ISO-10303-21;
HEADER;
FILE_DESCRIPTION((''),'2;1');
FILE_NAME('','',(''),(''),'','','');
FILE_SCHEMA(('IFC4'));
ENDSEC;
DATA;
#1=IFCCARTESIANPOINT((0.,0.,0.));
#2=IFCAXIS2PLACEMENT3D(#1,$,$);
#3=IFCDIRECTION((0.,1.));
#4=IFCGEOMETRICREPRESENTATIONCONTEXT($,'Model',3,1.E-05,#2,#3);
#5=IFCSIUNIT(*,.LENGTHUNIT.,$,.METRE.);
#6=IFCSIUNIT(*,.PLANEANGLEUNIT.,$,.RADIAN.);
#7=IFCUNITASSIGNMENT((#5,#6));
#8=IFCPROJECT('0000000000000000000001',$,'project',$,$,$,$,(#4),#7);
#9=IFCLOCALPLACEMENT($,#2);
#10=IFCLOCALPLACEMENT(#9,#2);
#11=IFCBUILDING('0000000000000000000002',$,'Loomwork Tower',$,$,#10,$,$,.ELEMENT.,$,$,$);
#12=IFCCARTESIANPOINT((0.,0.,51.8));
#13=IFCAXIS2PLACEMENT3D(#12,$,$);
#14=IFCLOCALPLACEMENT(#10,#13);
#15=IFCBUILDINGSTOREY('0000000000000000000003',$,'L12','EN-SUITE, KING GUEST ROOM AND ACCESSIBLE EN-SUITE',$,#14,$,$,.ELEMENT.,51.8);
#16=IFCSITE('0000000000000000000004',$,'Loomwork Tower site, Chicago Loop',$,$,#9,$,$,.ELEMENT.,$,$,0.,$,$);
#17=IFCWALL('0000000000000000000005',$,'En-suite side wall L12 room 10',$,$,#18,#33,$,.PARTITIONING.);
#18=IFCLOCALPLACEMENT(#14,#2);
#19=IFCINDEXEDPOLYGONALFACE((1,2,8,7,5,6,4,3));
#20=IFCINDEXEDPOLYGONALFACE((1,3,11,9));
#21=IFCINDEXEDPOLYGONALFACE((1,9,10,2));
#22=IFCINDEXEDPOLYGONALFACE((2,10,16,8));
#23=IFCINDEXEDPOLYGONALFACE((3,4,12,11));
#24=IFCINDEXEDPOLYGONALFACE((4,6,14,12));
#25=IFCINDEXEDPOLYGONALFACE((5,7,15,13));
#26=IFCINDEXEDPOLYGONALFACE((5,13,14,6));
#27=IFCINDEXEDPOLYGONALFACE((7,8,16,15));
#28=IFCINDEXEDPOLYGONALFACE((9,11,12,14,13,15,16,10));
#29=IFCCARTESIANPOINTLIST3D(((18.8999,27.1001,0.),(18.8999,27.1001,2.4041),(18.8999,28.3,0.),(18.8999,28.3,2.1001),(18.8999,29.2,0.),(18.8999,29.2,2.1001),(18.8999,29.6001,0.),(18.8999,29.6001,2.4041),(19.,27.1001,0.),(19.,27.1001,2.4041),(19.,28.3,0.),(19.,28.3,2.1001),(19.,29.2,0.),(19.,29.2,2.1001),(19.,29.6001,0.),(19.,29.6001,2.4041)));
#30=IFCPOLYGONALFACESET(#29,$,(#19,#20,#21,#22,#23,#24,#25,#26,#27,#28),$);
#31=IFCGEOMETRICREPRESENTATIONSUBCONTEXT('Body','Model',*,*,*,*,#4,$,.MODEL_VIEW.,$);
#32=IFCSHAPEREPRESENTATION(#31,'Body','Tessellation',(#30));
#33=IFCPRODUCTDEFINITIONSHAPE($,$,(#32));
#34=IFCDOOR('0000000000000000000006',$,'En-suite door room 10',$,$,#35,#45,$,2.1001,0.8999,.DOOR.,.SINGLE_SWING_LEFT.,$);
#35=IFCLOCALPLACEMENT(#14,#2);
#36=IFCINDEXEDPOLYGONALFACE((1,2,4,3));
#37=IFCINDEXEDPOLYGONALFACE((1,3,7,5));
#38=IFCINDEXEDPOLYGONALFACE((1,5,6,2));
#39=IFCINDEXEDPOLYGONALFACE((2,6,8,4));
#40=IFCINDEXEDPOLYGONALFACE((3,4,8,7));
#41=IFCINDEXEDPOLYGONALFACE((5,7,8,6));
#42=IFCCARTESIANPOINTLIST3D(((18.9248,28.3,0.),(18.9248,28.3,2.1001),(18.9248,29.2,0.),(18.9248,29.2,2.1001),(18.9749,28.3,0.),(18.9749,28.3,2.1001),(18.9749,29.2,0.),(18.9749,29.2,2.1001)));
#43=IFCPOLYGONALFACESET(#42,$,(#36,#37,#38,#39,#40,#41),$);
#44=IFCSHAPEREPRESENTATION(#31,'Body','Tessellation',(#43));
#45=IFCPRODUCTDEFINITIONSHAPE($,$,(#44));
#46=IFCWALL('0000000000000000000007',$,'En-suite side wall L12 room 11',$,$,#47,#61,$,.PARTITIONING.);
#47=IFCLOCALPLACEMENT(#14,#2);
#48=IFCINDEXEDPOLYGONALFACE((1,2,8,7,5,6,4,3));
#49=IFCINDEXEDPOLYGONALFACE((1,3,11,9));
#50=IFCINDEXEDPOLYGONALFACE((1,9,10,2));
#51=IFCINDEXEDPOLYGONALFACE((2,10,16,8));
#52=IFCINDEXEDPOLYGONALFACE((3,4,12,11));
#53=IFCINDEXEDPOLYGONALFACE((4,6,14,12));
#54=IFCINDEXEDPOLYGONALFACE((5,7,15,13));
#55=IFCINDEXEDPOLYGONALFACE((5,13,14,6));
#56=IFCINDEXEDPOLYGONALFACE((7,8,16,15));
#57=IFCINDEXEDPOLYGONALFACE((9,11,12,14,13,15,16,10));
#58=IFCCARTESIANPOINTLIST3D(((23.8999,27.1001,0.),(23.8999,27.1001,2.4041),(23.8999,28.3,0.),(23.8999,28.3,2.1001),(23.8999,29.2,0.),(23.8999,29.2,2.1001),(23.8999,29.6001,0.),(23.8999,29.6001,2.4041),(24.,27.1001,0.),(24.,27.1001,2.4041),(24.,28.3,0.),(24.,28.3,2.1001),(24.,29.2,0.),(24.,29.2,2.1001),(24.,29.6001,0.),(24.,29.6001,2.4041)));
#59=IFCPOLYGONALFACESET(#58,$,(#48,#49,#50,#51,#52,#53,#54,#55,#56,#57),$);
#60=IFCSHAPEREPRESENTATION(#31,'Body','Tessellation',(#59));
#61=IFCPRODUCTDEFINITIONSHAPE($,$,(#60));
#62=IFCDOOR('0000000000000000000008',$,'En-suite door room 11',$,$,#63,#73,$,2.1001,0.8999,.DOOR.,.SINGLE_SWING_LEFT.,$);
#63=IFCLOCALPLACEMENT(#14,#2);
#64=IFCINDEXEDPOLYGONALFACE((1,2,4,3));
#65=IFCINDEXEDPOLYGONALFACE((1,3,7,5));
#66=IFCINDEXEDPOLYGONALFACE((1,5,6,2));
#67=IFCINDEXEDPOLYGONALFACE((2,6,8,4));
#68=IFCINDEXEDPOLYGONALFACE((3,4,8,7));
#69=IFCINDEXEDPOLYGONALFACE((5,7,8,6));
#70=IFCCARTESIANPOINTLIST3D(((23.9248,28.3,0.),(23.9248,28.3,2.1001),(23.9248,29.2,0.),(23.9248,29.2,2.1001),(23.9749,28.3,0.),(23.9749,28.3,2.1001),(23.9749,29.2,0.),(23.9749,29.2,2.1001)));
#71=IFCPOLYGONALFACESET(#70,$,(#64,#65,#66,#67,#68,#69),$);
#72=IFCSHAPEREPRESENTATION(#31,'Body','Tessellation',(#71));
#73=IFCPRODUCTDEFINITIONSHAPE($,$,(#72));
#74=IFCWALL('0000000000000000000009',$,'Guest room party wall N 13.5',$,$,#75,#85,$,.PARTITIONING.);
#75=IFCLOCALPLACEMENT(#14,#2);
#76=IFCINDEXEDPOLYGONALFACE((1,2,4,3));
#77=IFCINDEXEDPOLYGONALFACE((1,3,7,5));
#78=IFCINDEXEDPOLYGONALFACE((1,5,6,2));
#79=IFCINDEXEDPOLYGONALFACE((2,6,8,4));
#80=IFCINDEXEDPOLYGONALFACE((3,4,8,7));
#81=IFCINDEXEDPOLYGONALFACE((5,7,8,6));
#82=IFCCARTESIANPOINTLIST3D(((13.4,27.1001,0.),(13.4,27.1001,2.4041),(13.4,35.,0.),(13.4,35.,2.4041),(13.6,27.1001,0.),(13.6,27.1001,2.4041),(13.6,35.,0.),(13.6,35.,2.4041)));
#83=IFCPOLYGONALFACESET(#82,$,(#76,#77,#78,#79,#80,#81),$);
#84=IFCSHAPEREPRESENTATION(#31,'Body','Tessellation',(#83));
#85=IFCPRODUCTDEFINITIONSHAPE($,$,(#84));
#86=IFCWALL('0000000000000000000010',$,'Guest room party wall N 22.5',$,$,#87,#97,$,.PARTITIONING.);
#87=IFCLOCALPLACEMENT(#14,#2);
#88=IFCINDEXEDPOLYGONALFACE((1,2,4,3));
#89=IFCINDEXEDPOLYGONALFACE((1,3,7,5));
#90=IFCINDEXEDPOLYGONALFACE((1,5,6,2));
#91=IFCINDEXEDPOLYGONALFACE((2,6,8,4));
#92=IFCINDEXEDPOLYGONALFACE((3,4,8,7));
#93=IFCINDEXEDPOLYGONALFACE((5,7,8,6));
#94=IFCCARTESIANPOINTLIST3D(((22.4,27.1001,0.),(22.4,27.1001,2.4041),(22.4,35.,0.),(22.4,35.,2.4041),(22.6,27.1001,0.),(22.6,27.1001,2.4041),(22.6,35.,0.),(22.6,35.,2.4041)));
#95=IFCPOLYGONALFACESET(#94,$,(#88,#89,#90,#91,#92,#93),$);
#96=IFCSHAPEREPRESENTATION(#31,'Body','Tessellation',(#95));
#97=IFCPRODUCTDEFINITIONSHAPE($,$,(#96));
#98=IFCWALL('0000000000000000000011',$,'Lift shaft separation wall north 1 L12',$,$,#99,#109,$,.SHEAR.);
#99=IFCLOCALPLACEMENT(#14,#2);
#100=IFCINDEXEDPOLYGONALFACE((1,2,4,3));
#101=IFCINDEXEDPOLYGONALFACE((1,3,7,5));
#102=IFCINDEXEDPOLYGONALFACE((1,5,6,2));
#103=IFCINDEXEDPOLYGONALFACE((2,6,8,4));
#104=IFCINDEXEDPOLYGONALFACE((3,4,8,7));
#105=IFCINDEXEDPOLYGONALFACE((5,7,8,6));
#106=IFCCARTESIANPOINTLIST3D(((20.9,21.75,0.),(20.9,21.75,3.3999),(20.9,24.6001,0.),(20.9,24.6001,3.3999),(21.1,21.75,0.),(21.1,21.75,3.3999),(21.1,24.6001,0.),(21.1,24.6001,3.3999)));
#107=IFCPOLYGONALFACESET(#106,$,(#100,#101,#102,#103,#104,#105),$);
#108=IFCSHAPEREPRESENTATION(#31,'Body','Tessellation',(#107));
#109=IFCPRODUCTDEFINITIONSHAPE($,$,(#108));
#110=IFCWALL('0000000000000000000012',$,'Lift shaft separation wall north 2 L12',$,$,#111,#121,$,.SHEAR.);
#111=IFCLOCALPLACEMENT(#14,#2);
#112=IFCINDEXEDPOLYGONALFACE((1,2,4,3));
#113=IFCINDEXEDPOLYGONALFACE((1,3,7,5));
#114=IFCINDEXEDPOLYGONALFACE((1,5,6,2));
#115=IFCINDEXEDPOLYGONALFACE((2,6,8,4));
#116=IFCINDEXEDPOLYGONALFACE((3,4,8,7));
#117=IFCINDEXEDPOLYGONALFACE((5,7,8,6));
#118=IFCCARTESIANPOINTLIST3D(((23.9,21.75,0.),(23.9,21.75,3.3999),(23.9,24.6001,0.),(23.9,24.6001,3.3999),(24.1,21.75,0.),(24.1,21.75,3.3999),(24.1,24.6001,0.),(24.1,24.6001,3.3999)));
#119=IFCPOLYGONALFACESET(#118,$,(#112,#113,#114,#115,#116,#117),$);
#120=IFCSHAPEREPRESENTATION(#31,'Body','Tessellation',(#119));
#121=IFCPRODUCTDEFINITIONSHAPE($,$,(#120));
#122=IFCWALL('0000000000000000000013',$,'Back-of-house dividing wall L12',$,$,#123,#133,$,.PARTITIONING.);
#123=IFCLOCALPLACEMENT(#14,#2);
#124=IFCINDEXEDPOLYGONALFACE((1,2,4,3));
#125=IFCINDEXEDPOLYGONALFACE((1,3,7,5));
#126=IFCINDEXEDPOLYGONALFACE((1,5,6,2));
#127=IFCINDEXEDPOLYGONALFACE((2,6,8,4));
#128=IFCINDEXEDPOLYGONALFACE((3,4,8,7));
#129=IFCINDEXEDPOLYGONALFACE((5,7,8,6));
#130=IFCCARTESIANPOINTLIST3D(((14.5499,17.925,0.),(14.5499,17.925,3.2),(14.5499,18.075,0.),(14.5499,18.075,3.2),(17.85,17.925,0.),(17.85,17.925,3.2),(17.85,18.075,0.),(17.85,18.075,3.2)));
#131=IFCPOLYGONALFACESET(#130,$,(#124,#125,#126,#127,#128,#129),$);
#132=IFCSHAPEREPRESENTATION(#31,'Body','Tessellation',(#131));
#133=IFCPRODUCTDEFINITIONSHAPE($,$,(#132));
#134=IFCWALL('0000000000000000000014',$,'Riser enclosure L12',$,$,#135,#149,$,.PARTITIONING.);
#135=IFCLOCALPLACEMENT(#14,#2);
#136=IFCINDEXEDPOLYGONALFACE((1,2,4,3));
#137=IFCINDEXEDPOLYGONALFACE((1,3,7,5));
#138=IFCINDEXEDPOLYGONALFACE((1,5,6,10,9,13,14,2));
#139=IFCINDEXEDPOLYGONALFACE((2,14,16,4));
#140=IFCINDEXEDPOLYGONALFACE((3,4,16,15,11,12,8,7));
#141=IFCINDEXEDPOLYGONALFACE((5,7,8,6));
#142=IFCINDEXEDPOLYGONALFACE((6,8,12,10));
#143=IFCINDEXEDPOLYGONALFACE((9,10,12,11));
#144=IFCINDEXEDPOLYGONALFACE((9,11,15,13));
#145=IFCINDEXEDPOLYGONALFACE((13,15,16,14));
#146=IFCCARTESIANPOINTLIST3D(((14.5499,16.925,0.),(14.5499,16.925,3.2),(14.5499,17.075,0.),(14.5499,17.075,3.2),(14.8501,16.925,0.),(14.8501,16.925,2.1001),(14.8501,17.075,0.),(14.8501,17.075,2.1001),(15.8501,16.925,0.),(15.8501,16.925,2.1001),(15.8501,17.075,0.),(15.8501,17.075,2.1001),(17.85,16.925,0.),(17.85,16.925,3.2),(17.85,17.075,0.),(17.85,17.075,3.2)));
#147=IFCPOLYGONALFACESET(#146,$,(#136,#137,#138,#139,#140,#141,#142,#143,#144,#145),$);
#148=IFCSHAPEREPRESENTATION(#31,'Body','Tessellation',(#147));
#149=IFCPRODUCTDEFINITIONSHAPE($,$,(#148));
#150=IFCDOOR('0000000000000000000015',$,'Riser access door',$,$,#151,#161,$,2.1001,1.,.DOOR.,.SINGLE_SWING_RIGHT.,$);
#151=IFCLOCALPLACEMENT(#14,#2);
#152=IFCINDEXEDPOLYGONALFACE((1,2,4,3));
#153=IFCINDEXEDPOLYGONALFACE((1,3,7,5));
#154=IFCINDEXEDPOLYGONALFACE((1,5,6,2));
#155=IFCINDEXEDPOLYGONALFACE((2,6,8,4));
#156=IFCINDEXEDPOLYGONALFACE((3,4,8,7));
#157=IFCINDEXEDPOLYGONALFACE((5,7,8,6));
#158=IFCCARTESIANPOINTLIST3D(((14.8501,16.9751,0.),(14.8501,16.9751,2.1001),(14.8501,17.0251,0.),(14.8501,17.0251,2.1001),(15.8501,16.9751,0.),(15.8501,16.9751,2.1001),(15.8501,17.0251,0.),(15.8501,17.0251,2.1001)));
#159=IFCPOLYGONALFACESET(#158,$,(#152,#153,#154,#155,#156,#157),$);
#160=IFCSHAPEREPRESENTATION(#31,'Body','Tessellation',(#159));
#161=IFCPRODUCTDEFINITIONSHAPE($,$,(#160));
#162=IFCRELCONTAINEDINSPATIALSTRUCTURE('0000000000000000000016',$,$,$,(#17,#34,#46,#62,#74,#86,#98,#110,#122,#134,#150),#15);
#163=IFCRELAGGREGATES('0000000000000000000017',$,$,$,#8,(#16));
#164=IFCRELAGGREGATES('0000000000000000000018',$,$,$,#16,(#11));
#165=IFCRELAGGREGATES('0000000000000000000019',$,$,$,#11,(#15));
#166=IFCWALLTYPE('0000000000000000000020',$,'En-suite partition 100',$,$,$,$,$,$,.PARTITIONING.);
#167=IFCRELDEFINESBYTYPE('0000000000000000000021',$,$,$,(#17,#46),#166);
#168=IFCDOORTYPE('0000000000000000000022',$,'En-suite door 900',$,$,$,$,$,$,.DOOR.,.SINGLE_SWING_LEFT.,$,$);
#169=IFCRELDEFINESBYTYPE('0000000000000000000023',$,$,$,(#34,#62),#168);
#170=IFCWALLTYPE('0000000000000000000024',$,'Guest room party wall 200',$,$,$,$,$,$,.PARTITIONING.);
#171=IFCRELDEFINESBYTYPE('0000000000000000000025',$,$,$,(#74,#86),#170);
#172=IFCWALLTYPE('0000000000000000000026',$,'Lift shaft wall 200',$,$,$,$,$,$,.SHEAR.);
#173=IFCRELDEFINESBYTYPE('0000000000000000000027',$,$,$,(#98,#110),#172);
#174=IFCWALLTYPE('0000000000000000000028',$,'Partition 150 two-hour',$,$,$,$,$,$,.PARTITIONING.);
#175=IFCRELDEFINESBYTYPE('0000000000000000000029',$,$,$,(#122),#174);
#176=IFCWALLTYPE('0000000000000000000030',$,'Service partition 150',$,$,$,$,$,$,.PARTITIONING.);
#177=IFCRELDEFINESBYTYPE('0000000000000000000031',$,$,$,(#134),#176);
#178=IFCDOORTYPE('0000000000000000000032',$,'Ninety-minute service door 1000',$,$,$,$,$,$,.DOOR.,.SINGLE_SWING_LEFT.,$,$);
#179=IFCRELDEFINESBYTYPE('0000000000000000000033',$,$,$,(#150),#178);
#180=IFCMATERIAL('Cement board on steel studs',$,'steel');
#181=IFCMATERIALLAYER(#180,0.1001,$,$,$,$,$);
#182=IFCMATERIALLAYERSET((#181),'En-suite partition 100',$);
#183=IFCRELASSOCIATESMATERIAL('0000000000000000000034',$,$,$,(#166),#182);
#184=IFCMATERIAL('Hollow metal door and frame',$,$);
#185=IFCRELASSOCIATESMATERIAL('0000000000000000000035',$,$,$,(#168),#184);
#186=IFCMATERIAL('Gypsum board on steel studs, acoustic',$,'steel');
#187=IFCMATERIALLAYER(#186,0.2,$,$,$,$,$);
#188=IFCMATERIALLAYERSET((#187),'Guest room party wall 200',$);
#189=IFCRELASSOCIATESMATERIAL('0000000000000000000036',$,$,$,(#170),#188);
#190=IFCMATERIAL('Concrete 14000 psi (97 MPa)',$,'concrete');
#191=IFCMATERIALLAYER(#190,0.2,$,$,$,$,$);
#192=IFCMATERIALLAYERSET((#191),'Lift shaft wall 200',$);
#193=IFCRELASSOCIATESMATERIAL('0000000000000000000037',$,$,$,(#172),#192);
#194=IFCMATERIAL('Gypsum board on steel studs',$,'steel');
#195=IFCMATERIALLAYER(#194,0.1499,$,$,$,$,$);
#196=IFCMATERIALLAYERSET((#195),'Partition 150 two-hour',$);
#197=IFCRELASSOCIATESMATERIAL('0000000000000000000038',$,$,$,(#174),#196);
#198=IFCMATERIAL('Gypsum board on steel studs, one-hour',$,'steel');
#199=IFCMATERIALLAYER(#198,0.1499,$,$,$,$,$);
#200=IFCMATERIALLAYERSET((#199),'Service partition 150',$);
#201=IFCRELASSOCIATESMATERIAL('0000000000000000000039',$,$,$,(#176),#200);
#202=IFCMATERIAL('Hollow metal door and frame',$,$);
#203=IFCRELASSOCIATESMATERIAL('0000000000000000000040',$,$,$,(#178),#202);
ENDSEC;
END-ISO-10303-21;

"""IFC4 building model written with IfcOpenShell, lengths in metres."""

from ifc_helpers import new_model, si_unit, direction, frame, frame_2d, origin, place, context, subcontext, project, spatial, rectangle, extrude, material, layer, layer_set, type_object, element, fill, save


model = new_model("IFC4")

# Units and contexts
model_context = context("Model", 3, precision=1e-05, world=origin(), true_north=direction((0.0, 1.0)))
body_context = subcontext(model_context, "Body", "Model", "MODEL_VIEW")
ifc_project = project(units=[si_unit("LENGTHUNIT", "METRE"), si_unit("PLANEANGLEUNIT", "RADIAN")], contexts=[model_context])

# Site, building, storey
site_placement = place(None, origin())
site = spatial("IfcSite", under=ifc_project, at=site_placement, Name="Loomwork Tower site, Chicago Loop", CompositionType="ELEMENT", RefElevation=0.0)
building_placement = place(site_placement, origin())
building = spatial("IfcBuilding", under=site, at=building_placement, Name="Loomwork Tower", CompositionType="ELEMENT")
storey_placement = place(building_placement, frame((0.0, 0.0, 51.8)))
storey = spatial("IfcBuildingStorey", under=building, at=storey_placement, Name="L12", Description="EN-SUITE, KING GUEST ROOM AND ACCESSIBLE EN-SUITE", CompositionType="ELEMENT", Elevation=51.8)

# Walls, openings, doors
ifc_material_1 = material(Name="Cement board on steel studs", Category="steel")
ifc_layer_1 = layer(ifc_material_1, 0.1001)
ifc_layer_set_1 = layer_set([ifc_layer_1], Name="En-suite partition 100")
wall_type_1 = type_object("IfcWallType", Name="En-suite partition 100", PredefinedType="PARTITIONING", material=ifc_layer_set_1)
wall_1_placement = place(storey_placement, frame((18.95, 27.1001, 0.0), z_axis=(0.0, 0.0, 1.0), x_axis=(0.0, 1.0, 0.0)))
wall_1 = element("IfcWall", 1, at=wall_1_placement, inside=storey, type_object=wall_type_1, Name="En-suite side wall L12 room 10", PredefinedType="PARTITIONING", context=body_context, shape_type="SweptSolid", body=[
    extrude(rectangle(XDim=2.5, YDim=0.1001, at=frame_2d((1.25, 0.0))), origin(), (0.0, 0.0, 1.0), 2.4041),
])
opening_1_placement = place(wall_1_placement, frame((1.2, 0.0, 0.0)))
opening_1 = element("IfcOpeningElement", 2, at=opening_1_placement, cuts=wall_1, PredefinedType="OPENING", context=body_context, shape_type="SweptSolid", body=[
    extrude(rectangle(XDim=0.8999, YDim=2.1001, at=frame_2d((0.45, 1.05))), frame((0.0, 0.0601, 0.0), z_axis=(0.0, -1.0, 0.0), x_axis=(1.0, 0.0, 0.0)), (0.0, 0.0, 1.0), 0.1201),
])
ifc_material_2 = material(Name="Hollow metal door and frame")
door_type_1 = type_object("IfcDoorType", Name="En-suite door 900", OperationType="SINGLE_SWING_LEFT", PredefinedType="DOOR", material=ifc_material_2)
door_1_placement = place(opening_1_placement, frame((0.8999, 0.0, 0.0), z_axis=(0.0, 0.0, 1.0), x_axis=(-1.0, 0.0, 0.0)))
door_1 = element("IfcDoor", 3, at=door_1_placement, inside=storey, type_object=door_type_1, Name="En-suite door room 10", OperationType="SINGLE_SWING_LEFT", OverallHeight=2.1001, OverallWidth=0.8999, PredefinedType="DOOR", context=body_context, shape_type="SweptSolid", body=[
    extrude(rectangle(XDim=0.8999, YDim=2.1001, at=frame_2d((0.45, 1.05))), frame((0.0, 0.0249, 0.0), z_axis=(0.0, -1.0, 0.0), x_axis=(1.0, 0.0, 0.0)), (0.0, 0.0, 1.0), 0.05),
])
fill(opening_1, door_1)
wall_2_placement = place(storey_placement, frame((23.95, 27.1001, 0.0), z_axis=(0.0, 0.0, 1.0), x_axis=(0.0, 1.0, 0.0)))
wall_2 = element("IfcWall", 4, at=wall_2_placement, inside=storey, type_object=wall_type_1, Name="En-suite side wall L12 room 11", PredefinedType="PARTITIONING", context=body_context, shape_type="SweptSolid", body=[
    extrude(rectangle(XDim=2.5, YDim=0.1001, at=frame_2d((1.25, 0.0))), origin(), (0.0, 0.0, 1.0), 2.4041),
])
opening_2_placement = place(wall_2_placement, frame((1.2, 0.0, 0.0)))
opening_2 = element("IfcOpeningElement", 5, at=opening_2_placement, cuts=wall_2, PredefinedType="OPENING", context=body_context, shape_type="SweptSolid", body=[
    extrude(rectangle(XDim=0.8999, YDim=2.1001, at=frame_2d((0.45, 1.05))), frame((0.0, 0.0601, 0.0), z_axis=(0.0, -1.0, 0.0), x_axis=(1.0, 0.0, 0.0)), (0.0, 0.0, 1.0), 0.1201),
])
door_2_placement = place(opening_2_placement, frame((0.8999, 0.0, 0.0), z_axis=(0.0, 0.0, 1.0), x_axis=(-1.0, 0.0, 0.0)))
door_2 = element("IfcDoor", 6, at=door_2_placement, inside=storey, type_object=door_type_1, Name="En-suite door room 11", OperationType="SINGLE_SWING_LEFT", OverallHeight=2.1001, OverallWidth=0.8999, PredefinedType="DOOR", context=body_context, shape_type="SweptSolid", body=[
    extrude(rectangle(XDim=0.8999, YDim=2.1001, at=frame_2d((0.45, 1.05))), frame((0.0, 0.0249, 0.0), z_axis=(0.0, -1.0, 0.0), x_axis=(1.0, 0.0, 0.0)), (0.0, 0.0, 1.0), 0.05),
])
fill(opening_2, door_2)

# Walls
ifc_material_3 = material(Name="Gypsum board on steel studs, acoustic", Category="steel")
ifc_layer_2 = layer(ifc_material_3, 0.2)
ifc_layer_set_2 = layer_set([ifc_layer_2], Name="Guest room party wall 200")
wall_type_2 = type_object("IfcWallType", Name="Guest room party wall 200", PredefinedType="PARTITIONING", material=ifc_layer_set_2)
for number, where, z_axis, x_axis, name in (
    (7, (13.5, 27.1001, 0.0), (0.0, 0.0, 1.0), (0.0, 1.0, 0.0), "Guest room party wall N 13.5"),
    (8, (22.5, 27.1001, 0.0), (0.0, 0.0, 1.0), (0.0, 1.0, 0.0), "Guest room party wall N 22.5"),
):
    element("IfcWall", number, at=place(storey_placement, frame(where, z_axis=z_axis, x_axis=x_axis)), inside=storey, type_object=wall_type_2, Name=name, PredefinedType="PARTITIONING", context=body_context, shape_type="SweptSolid", body=[
        extrude(rectangle(XDim=7.8999, YDim=0.2, at=frame_2d((3.95, 0.0))), origin(), (0.0, 0.0, 1.0), 2.4041),
    ])
ifc_material_4 = material(Name="Concrete 14000 psi (97 MPa)", Category="concrete")
ifc_layer_3 = layer(ifc_material_4, 0.2)
ifc_layer_set_3 = layer_set([ifc_layer_3], Name="Lift shaft wall 200")
wall_type_3 = type_object("IfcWallType", Name="Lift shaft wall 200", PredefinedType="SHEAR", material=ifc_layer_set_3)
for number, where, z_axis, x_axis, name in (
    (9, (21.0, 21.75, 0.0), (0.0, 0.0, 1.0), (0.0, 1.0, 0.0), "Lift shaft separation wall north 1 L12"),
    (10, (24.0, 21.75, 0.0), (0.0, 0.0, 1.0), (0.0, 1.0, 0.0), "Lift shaft separation wall north 2 L12"),
):
    element("IfcWall", number, at=place(storey_placement, frame(where, z_axis=z_axis, x_axis=x_axis)), inside=storey, type_object=wall_type_3, Name=name, PredefinedType="SHEAR", context=body_context, shape_type="SweptSolid", body=[
        extrude(rectangle(XDim=2.8501, YDim=0.2, at=frame_2d((1.425, 0.0))), origin(), (0.0, 0.0, 1.0), 3.3999),
    ])
ifc_material_5 = material(Name="Gypsum board on steel studs", Category="steel")
ifc_layer_4 = layer(ifc_material_5, 0.1499)
ifc_layer_set_4 = layer_set([ifc_layer_4], Name="Partition 150 two-hour")
wall_type_4 = type_object("IfcWallType", Name="Partition 150 two-hour", PredefinedType="PARTITIONING", material=ifc_layer_set_4)
wall_3_placement = place(storey_placement, frame((14.55, 18.0, 0.0), z_axis=(0.0, 0.0, 1.0), x_axis=(1.0, 0.0, 0.0)))
element("IfcWall", 11, at=wall_3_placement, inside=storey, type_object=wall_type_4, Name="Back-of-house dividing wall L12", PredefinedType="PARTITIONING", context=body_context, shape_type="SweptSolid", body=[
    extrude(rectangle(XDim=3.3, YDim=0.1499, at=frame_2d((1.6499, 0.0))), origin(), (0.0, 0.0, 1.0), 3.2),
])

# Wall, opening, door
ifc_material_6 = material(Name="Gypsum board on steel studs, one-hour", Category="steel")
ifc_layer_5 = layer(ifc_material_6, 0.1499)
ifc_layer_set_5 = layer_set([ifc_layer_5], Name="Service partition 150")
wall_type_5 = type_object("IfcWallType", Name="Service partition 150", PredefinedType="PARTITIONING", material=ifc_layer_set_5)
wall_4_placement = place(storey_placement, frame((14.55, 17.0, 0.0), z_axis=(0.0, 0.0, 1.0), x_axis=(1.0, 0.0, 0.0)))
wall_4 = element("IfcWall", 12, at=wall_4_placement, inside=storey, type_object=wall_type_5, Name="Riser enclosure L12", PredefinedType="PARTITIONING", context=body_context, shape_type="SweptSolid", body=[
    extrude(rectangle(XDim=3.3, YDim=0.1499, at=frame_2d((1.6499, 0.0))), origin(), (0.0, 0.0, 1.0), 3.2),
])
opening_3_placement = place(wall_4_placement, frame((0.3, 0.0, 0.0)))
opening_3 = element("IfcOpeningElement", 13, at=opening_3_placement, cuts=wall_4, PredefinedType="OPENING", context=body_context, shape_type="SweptSolid", body=[
    extrude(rectangle(XDim=1.0, YDim=2.1001, at=frame_2d((0.5, 1.05))), frame((0.0, 0.085, 0.0), z_axis=(0.0, -1.0, 0.0), x_axis=(1.0, 0.0, 0.0)), (0.0, 0.0, 1.0), 0.1699),
])
ifc_material_7 = material(Name="Hollow metal door and frame")
door_type_2 = type_object("IfcDoorType", Name="Ninety-minute service door 1000", OperationType="SINGLE_SWING_LEFT", PredefinedType="DOOR", material=ifc_material_7)
door_3_placement = place(opening_3_placement, frame((1.0, 0.0, 0.0), z_axis=(0.0, 0.0, 1.0), x_axis=(-1.0, 0.0, 0.0)))
door_3 = element("IfcDoor", 14, at=door_3_placement, inside=storey, type_object=door_type_2, Name="Riser access door", OperationType="SINGLE_SWING_RIGHT", OverallHeight=2.1001, OverallWidth=1.0, PredefinedType="DOOR", context=body_context, shape_type="SweptSolid", body=[
    extrude(rectangle(XDim=1.0, YDim=2.1001, at=frame_2d((0.5, 1.05))), frame((0.0, 0.0249, 0.0), z_axis=(0.0, -1.0, 0.0), x_axis=(1.0, 0.0, 0.0)), (0.0, 0.0, 1.0), 0.05),
])
fill(opening_3, door_3)

save(model, "model.ifc")
